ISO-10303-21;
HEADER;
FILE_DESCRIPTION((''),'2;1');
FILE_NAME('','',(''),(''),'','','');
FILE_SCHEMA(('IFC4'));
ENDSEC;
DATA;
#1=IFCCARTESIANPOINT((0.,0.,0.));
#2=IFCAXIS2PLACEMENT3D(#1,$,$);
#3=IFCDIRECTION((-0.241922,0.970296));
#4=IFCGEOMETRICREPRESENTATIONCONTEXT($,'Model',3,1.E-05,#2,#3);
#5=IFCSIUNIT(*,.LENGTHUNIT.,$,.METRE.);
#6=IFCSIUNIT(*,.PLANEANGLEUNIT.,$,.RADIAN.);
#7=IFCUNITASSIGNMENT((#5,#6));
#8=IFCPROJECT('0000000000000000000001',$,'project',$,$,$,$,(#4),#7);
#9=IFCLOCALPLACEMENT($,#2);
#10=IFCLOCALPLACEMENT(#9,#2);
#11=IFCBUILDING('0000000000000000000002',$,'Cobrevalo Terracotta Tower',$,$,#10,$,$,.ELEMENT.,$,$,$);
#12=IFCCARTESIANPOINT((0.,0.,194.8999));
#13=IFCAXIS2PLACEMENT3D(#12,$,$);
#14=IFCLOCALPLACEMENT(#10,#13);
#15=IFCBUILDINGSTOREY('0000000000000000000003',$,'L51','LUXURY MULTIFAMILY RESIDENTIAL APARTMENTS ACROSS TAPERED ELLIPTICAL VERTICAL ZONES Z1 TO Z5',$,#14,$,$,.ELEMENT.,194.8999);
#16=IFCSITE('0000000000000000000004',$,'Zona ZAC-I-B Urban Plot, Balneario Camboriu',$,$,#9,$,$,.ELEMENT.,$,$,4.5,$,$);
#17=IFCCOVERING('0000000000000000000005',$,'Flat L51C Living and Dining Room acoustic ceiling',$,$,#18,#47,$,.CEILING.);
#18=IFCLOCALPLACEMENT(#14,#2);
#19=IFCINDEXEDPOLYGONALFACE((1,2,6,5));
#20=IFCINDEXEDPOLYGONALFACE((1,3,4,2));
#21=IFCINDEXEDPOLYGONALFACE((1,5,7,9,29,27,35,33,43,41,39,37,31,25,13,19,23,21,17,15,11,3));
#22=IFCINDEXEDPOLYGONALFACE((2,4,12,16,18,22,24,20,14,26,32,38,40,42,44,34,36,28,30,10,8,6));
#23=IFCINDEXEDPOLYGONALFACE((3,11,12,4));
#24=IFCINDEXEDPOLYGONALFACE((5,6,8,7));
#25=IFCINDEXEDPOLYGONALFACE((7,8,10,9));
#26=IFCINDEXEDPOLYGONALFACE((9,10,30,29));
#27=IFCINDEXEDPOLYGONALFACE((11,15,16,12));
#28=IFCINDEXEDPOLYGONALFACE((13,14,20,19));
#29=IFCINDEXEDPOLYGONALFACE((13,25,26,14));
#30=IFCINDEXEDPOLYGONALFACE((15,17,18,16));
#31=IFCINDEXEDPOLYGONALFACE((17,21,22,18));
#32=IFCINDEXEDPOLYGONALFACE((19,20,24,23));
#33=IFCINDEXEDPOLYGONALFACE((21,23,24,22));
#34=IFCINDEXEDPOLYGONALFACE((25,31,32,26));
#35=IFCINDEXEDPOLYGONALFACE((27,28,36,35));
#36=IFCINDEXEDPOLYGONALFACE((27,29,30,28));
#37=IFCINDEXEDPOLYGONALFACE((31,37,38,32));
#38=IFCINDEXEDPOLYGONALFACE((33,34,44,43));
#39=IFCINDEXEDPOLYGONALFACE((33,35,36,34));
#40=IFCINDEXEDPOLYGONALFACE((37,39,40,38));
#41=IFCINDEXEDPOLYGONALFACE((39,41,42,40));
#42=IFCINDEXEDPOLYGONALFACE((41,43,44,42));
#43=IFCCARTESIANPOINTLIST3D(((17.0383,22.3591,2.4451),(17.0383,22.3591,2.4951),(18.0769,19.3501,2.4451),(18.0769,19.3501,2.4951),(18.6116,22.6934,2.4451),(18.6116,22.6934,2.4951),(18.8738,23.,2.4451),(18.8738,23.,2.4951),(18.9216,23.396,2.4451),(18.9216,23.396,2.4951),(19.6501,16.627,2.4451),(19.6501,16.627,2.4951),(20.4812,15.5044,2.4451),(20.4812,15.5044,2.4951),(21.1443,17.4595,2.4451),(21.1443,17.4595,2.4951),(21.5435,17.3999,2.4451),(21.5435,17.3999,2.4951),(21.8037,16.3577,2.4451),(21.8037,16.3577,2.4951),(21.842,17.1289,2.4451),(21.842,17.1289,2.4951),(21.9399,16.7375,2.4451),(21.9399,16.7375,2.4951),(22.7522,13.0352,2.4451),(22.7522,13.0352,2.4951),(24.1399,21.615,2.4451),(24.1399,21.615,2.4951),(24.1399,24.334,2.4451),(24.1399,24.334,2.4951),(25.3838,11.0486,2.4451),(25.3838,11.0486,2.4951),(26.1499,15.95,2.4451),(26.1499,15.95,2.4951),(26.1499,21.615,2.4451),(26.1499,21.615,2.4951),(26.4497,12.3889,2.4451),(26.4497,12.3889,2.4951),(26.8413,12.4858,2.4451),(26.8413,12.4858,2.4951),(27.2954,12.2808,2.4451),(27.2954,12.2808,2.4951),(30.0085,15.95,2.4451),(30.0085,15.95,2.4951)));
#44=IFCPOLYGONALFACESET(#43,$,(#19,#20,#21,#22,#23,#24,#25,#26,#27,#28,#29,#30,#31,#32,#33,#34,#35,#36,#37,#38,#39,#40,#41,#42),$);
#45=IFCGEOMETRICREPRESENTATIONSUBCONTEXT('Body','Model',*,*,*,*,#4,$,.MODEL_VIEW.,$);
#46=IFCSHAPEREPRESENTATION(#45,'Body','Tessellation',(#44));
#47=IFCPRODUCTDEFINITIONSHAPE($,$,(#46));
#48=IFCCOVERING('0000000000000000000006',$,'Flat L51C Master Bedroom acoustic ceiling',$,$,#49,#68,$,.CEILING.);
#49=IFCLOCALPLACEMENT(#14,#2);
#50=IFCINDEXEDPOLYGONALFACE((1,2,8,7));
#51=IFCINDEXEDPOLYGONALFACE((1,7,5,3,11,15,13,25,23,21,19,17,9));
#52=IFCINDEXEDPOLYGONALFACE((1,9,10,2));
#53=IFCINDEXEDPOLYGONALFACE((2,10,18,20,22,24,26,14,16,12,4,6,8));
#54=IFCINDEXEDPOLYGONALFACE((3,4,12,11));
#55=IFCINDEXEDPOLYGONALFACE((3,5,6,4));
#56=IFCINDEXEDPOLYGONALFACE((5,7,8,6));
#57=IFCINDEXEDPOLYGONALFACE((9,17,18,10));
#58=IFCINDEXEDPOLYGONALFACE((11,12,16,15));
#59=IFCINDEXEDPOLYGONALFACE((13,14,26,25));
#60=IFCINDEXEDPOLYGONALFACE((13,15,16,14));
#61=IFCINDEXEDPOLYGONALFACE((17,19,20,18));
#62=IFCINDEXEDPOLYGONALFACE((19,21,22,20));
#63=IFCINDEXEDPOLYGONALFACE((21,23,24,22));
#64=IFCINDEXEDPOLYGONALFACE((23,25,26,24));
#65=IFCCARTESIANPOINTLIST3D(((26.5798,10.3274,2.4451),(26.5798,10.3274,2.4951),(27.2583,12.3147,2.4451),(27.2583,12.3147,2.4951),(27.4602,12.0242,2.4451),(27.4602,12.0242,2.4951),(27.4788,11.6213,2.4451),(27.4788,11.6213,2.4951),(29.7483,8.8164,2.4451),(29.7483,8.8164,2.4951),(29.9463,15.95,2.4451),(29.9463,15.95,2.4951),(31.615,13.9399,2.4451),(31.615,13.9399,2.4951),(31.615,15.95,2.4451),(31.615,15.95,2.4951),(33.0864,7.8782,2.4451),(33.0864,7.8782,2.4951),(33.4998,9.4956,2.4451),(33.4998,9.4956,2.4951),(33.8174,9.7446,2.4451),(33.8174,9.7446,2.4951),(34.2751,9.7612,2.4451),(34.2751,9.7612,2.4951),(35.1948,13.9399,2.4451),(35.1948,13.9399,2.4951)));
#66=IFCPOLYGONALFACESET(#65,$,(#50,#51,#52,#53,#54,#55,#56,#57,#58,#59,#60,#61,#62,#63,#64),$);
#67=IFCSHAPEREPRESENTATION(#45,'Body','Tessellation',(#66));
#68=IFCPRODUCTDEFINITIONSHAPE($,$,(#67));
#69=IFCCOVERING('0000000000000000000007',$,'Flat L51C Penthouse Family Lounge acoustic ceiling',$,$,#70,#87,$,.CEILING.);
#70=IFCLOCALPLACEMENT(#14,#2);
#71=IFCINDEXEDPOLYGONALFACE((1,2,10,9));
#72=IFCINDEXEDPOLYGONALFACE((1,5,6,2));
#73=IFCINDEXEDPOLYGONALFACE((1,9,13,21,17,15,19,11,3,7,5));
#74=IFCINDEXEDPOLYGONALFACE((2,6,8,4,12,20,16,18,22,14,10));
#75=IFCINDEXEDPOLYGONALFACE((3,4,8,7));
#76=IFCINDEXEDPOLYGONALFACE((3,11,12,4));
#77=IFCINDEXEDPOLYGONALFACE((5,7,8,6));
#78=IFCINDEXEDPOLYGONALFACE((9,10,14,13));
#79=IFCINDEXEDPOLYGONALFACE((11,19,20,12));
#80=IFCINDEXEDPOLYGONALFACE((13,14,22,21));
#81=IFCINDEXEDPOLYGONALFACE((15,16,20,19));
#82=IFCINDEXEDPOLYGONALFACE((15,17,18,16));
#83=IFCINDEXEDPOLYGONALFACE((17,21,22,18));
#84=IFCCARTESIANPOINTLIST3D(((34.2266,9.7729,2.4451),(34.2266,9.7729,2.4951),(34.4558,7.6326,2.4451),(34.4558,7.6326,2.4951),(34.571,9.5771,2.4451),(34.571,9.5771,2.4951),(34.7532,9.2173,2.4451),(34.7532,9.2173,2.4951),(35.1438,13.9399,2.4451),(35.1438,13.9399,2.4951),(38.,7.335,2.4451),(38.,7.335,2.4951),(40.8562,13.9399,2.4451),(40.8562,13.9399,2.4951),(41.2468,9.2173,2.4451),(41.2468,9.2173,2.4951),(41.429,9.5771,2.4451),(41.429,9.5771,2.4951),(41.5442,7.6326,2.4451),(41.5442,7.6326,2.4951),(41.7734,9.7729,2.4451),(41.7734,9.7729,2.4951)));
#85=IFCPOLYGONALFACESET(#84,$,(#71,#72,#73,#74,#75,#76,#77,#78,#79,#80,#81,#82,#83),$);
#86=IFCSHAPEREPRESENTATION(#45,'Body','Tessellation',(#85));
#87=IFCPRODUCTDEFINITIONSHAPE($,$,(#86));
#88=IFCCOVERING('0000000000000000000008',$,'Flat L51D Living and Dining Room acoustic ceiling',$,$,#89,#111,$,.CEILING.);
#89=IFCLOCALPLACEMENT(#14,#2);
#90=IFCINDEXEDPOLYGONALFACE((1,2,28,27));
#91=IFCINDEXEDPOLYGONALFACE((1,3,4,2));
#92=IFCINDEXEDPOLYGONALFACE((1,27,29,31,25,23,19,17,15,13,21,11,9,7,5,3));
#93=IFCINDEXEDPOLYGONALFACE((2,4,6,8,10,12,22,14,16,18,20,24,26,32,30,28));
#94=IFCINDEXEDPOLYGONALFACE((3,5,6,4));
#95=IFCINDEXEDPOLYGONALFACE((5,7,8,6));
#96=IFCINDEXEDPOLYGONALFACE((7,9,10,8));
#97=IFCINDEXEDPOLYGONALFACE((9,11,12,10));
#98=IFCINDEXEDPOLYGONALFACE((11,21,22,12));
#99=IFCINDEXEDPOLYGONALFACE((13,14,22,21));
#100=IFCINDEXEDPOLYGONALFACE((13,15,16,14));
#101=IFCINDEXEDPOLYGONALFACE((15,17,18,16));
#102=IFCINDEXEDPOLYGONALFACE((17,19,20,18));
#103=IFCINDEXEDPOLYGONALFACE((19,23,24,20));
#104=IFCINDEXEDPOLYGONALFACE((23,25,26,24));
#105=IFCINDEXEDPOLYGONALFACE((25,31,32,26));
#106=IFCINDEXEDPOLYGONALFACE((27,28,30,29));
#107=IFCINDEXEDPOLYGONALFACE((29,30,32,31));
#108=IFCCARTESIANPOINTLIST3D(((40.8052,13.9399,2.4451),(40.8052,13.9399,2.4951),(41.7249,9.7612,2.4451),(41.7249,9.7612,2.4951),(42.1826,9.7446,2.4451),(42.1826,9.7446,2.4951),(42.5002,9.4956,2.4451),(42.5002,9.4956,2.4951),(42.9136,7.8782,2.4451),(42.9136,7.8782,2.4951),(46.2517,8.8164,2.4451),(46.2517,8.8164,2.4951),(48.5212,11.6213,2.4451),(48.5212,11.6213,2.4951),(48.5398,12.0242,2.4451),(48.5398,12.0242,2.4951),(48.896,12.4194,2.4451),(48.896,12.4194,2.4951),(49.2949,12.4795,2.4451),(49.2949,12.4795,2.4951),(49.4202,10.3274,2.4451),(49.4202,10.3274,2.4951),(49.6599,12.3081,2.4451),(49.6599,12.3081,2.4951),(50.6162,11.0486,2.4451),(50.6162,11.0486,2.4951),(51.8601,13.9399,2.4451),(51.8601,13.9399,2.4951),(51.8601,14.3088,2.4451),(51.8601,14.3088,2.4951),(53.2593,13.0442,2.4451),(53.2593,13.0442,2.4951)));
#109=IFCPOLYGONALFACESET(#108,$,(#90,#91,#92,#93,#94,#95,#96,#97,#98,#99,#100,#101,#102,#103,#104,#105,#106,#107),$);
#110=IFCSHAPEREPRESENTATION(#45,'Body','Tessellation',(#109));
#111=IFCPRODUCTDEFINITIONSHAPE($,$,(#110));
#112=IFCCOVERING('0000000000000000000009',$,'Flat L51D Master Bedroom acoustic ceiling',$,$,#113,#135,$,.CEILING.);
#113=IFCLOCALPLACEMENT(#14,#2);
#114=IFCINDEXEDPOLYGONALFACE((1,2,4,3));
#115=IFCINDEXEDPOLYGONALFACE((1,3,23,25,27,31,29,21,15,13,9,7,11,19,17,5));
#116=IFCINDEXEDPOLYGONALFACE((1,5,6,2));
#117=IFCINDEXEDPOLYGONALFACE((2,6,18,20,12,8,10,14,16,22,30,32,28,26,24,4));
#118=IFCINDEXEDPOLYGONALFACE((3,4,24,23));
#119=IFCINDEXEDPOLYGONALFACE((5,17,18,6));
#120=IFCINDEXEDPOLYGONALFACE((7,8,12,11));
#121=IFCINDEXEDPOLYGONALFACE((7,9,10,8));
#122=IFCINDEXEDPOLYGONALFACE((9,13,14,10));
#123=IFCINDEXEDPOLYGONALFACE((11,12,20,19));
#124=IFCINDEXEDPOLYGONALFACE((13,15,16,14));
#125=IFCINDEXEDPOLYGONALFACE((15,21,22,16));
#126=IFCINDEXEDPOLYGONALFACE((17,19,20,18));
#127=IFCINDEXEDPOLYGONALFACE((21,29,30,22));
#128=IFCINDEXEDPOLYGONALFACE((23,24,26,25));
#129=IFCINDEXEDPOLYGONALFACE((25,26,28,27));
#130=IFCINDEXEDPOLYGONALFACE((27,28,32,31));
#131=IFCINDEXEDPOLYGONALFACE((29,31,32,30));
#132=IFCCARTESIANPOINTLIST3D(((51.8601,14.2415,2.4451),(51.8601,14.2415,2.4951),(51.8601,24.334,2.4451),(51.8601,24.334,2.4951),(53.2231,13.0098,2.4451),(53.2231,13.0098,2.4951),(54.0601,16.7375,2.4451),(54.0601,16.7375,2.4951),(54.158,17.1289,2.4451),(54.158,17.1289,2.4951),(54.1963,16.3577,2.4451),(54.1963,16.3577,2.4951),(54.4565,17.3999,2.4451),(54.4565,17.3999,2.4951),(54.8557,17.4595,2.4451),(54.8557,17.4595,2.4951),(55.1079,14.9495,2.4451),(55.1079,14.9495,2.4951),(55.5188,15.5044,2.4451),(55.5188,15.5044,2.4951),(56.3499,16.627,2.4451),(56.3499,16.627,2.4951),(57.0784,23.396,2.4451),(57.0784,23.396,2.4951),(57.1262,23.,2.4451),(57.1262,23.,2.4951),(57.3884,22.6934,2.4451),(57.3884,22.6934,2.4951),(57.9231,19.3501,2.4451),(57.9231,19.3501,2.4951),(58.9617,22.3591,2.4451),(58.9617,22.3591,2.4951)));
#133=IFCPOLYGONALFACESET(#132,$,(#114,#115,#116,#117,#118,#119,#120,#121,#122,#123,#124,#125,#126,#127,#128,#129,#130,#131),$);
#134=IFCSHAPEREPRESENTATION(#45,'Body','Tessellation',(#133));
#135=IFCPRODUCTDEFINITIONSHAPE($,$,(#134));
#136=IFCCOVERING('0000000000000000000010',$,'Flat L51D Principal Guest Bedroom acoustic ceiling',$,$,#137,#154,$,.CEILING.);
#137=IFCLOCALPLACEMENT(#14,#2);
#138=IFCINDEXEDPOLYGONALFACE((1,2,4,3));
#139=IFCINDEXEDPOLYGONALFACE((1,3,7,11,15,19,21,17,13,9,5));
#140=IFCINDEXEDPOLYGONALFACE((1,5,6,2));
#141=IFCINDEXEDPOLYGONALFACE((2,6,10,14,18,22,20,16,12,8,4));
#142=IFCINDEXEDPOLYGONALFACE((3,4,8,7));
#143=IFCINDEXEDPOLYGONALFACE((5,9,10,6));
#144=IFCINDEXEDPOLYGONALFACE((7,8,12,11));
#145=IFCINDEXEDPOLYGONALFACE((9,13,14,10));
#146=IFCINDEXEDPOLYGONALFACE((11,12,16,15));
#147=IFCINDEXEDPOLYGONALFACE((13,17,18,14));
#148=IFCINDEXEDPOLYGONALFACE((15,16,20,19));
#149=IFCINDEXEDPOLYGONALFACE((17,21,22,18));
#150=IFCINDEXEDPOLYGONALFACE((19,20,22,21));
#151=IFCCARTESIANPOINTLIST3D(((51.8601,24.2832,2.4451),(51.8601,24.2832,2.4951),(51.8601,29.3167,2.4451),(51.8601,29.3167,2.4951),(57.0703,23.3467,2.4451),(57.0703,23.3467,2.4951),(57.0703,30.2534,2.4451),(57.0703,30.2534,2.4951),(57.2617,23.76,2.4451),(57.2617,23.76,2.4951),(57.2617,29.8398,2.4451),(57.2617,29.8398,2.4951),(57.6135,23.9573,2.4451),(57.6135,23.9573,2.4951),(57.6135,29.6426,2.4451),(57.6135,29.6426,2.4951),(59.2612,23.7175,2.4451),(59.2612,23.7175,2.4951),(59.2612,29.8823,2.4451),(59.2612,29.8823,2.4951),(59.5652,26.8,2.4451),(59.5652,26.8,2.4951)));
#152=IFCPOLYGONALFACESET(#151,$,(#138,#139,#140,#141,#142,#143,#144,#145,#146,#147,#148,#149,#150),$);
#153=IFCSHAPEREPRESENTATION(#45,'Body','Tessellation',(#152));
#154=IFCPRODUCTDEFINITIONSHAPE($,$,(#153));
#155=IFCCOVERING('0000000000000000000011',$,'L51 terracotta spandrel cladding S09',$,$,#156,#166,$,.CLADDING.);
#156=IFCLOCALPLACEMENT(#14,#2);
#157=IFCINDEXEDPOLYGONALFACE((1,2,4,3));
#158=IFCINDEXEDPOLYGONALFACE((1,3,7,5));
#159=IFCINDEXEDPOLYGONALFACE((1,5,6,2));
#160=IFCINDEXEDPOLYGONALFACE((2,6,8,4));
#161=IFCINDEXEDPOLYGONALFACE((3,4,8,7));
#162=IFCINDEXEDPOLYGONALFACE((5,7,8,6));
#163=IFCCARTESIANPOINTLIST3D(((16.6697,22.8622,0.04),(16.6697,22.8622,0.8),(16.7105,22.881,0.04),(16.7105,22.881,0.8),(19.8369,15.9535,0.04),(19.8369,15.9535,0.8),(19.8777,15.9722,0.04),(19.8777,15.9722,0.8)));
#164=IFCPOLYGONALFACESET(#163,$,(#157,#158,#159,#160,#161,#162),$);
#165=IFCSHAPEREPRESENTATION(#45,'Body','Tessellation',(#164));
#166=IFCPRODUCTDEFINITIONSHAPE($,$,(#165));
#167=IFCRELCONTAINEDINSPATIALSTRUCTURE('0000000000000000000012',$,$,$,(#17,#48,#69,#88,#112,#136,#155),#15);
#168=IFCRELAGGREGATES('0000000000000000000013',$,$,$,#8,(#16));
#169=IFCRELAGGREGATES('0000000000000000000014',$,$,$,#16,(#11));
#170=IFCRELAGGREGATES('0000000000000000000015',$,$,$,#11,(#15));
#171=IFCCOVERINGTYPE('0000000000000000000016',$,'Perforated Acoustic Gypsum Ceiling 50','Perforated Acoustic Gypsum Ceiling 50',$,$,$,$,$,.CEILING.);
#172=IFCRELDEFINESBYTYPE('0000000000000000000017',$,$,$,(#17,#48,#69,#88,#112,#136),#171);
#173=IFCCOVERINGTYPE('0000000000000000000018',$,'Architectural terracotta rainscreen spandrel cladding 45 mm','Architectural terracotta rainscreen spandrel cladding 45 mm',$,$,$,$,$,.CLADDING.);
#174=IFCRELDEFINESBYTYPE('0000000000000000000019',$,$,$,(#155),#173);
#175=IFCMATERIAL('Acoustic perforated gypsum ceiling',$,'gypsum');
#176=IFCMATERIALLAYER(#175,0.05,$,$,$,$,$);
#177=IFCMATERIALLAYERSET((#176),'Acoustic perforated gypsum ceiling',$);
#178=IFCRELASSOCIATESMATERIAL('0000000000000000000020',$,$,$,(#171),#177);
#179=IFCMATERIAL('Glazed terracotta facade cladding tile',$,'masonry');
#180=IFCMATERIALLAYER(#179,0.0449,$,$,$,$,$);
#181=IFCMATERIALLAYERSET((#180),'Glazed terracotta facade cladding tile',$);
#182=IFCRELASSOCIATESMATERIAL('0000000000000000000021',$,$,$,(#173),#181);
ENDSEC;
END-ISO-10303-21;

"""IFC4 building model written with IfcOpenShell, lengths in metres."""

from ifc_helpers import new_model, si_unit, direction, frame, origin, origin_2d, place, context, subcontext, project, spatial, polyline, rectangle, outline, extrude, source, transform, mapped, material, layer, layer_set, type_object, element, save


model = new_model("IFC4")

# Units and contexts
model_context = context("Model", 3, precision=1e-05, world=origin(), true_north=direction((-0.241922, 0.970296)))
body_context = subcontext(model_context, "Body", "Model", "MODEL_VIEW")
ifc_project = project(units=[si_unit("LENGTHUNIT", "METRE"), si_unit("PLANEANGLEUNIT", "RADIAN")], contexts=[model_context])

# Site, building, storey
site_placement = place(None, origin())
site = spatial("IfcSite", under=ifc_project, at=site_placement, Name="Zona ZAC-I-B Urban Plot, Balneario Camboriu", CompositionType="ELEMENT", RefElevation=4.5)
building_placement = place(site_placement, origin())
building = spatial("IfcBuilding", under=site, at=building_placement, Name="Cobrevalo Terracotta Tower", CompositionType="ELEMENT")
storey_placement = place(building_placement, frame((0.0, 0.0, 194.8999)))
storey = spatial("IfcBuildingStorey", under=building, at=storey_placement, Name="L51", Description="LUXURY MULTIFAMILY RESIDENTIAL APARTMENTS ACROSS TAPERED ELLIPTICAL VERTICAL ZONES Z1 TO Z5", CompositionType="ELEMENT", Elevation=194.8999)

# Coverings
ifc_material_1 = material(Name="Acoustic perforated gypsum ceiling", Category="gypsum")
ifc_layer_1 = layer(ifc_material_1, 0.05)
ifc_layer_set_1 = layer_set([ifc_layer_1], Name="Acoustic perforated gypsum ceiling")
covering_type_1 = type_object("IfcCoveringType", Name="Perforated Acoustic Gypsum Ceiling 50", Description="Perforated Acoustic Gypsum Ceiling 50", PredefinedType="CEILING", material=ifc_layer_set_1)
covering_1_placement = place(storey_placement, frame((0.0, 0.0, 2.4451)))
element("IfcCovering", 1, at=covering_1_placement, inside=storey, type_object=covering_type_1, Name="Flat L51C Living and Dining Room acoustic ceiling", PredefinedType="CEILING", context=body_context, shape_type="SweptSolid", body=[
    extrude(outline(polyline([(22.7522, 13.0352), (20.4812, 15.5044), (21.8037, 16.3577), (21.9399, 16.7375), (21.842, 17.1289), (21.5435, 17.3999), (21.1443, 17.4595), (19.6501, 16.627), (18.0769, 19.3501), (17.0383, 22.3591), (18.6116, 22.6934), (18.8738, 23.0), (18.9216, 23.396), (24.1399, 24.334), (24.1399, 21.615), (26.1499, 21.615), (26.1499, 15.95), (30.0085, 15.95), (27.2954, 12.2808), (26.8413, 12.4858), (26.4497, 12.3889), (25.3838, 11.0486), (22.7522, 13.0352)])), origin(), (0.0, 0.0, 1.0), 0.05),
])
covering_2_placement = place(storey_placement, frame((0.0, 0.0, 2.4451)))
element("IfcCovering", 2, at=covering_2_placement, inside=storey, type_object=covering_type_1, Name="Flat L51C Master Bedroom acoustic ceiling", PredefinedType="CEILING", context=body_context, shape_type="SweptSolid", body=[
    extrude(outline(polyline([(29.7483, 8.8164), (26.5798, 10.3274), (27.4788, 11.6213), (27.4602, 12.0242), (27.2583, 12.3147), (29.9463, 15.95), (31.615, 15.95), (31.615, 13.9399), (35.1948, 13.9399), (34.2751, 9.7612), (33.8174, 9.7446), (33.4998, 9.4956), (33.0864, 7.8782), (29.7483, 8.8164)])), origin(), (0.0, 0.0, 1.0), 0.05),
])
covering_3_placement = place(storey_placement, frame((0.0, 0.0, 2.4451)))
element("IfcCovering", 3, at=covering_3_placement, inside=storey, type_object=covering_type_1, Name="Flat L51C Penthouse Family Lounge acoustic ceiling", PredefinedType="CEILING", context=body_context, shape_type="SweptSolid", body=[
    extrude(outline(polyline([(34.4558, 7.6326), (34.7532, 9.2173), (34.571, 9.5771), (34.2266, 9.7729), (35.1438, 13.9399), (40.8562, 13.9399), (41.7734, 9.7729), (41.429, 9.5771), (41.2468, 9.2173), (41.5442, 7.6326), (38.0, 7.335), (34.4558, 7.6326)])), origin(), (0.0, 0.0, 1.0), 0.05),
])
covering_4_placement = place(storey_placement, frame((0.0, 0.0, 2.4451)))
element("IfcCovering", 4, at=covering_4_placement, inside=storey, type_object=covering_type_1, Name="Flat L51D Living and Dining Room acoustic ceiling", PredefinedType="CEILING", context=body_context, shape_type="SweptSolid", body=[
    extrude(outline(polyline([(50.6162, 11.0486), (49.6599, 12.3081), (49.2949, 12.4795), (48.896, 12.4194), (48.5398, 12.0242), (48.5212, 11.6213), (49.4202, 10.3274), (46.2517, 8.8164), (42.9136, 7.8782), (42.5002, 9.4956), (42.1826, 9.7446), (41.7249, 9.7612), (40.8052, 13.9399), (51.8601, 13.9399), (51.8601, 14.3088), (53.2593, 13.0442), (50.6162, 11.0486)])), origin(), (0.0, 0.0, 1.0), 0.05),
])
covering_5_placement = place(storey_placement, frame((0.0, 0.0, 2.4451)))
element("IfcCovering", 5, at=covering_5_placement, inside=storey, type_object=covering_type_1, Name="Flat L51D Master Bedroom acoustic ceiling", PredefinedType="CEILING", context=body_context, shape_type="SweptSolid", body=[
    extrude(outline(polyline([(51.8601, 14.2415), (51.8601, 24.334), (57.0784, 23.396), (57.1262, 23.0), (57.3884, 22.6934), (58.9617, 22.3591), (57.9231, 19.3501), (56.3499, 16.627), (54.8557, 17.4595), (54.4565, 17.3999), (54.158, 17.1289), (54.0601, 16.7375), (54.1963, 16.3577), (55.5188, 15.5044), (55.1079, 14.9495), (53.2231, 13.0098), (51.8601, 14.2415)])), origin(), (0.0, 0.0, 1.0), 0.05),
])
covering_6_placement = place(storey_placement, frame((0.0, 0.0, 2.4451)))
element("IfcCovering", 6, at=covering_6_placement, inside=storey, type_object=covering_type_1, Name="Flat L51D Principal Guest Bedroom acoustic ceiling", PredefinedType="CEILING", context=body_context, shape_type="SweptSolid", body=[
    extrude(outline(polyline([(57.0703, 30.2534), (57.2617, 29.8398), (57.6135, 29.6426), (59.2612, 29.8823), (59.5652, 26.8), (59.2612, 23.7175), (57.6135, 23.9573), (57.2617, 23.76), (57.0703, 23.3467), (51.8601, 24.2832), (51.8601, 29.3167), (57.0703, 30.2534)])), origin(), (0.0, 0.0, 1.0), 0.05),
])
ifc_material_2 = material(Name="Glazed terracotta facade cladding tile", Category="masonry")
ifc_layer_2 = layer(ifc_material_2, 0.0449)
ifc_layer_set_2 = layer_set([ifc_layer_2], Name="Glazed terracotta facade cladding tile")
covering_type_2 = type_object("IfcCoveringType", Name="Architectural terracotta rainscreen spandrel cladding 45 mm", Description="Architectural terracotta rainscreen spandrel cladding 45 mm", PredefinedType="CLADDING", material=ifc_layer_set_2)
shared_shape_1 = source(origin(), body_context, "Body", "SweptSolid", [
    extrude(rectangle(XDim=7.6001, YDim=0.0449, at=origin_2d()), origin(), (0.0, 0.0, 1.0), 0.76),
])
covering_7_placement = place(storey_placement, frame((18.2737, 19.4172, 0.04), z_axis=(0.0, 0.0, 1.0), x_axis=(0.416731, -0.90903, 0.0)))
element("IfcCovering", 7, at=covering_7_placement, inside=storey, type_object=covering_type_2, Name="L51 terracotta spandrel cladding S09", PredefinedType="CLADDING", context=body_context, shape_type="MappedRepresentation", body=[
    mapped(shared_shape_1, transform((0.0, 0.0, 0.0), scale=1.0)),
])

save(model, "model.ifc")
